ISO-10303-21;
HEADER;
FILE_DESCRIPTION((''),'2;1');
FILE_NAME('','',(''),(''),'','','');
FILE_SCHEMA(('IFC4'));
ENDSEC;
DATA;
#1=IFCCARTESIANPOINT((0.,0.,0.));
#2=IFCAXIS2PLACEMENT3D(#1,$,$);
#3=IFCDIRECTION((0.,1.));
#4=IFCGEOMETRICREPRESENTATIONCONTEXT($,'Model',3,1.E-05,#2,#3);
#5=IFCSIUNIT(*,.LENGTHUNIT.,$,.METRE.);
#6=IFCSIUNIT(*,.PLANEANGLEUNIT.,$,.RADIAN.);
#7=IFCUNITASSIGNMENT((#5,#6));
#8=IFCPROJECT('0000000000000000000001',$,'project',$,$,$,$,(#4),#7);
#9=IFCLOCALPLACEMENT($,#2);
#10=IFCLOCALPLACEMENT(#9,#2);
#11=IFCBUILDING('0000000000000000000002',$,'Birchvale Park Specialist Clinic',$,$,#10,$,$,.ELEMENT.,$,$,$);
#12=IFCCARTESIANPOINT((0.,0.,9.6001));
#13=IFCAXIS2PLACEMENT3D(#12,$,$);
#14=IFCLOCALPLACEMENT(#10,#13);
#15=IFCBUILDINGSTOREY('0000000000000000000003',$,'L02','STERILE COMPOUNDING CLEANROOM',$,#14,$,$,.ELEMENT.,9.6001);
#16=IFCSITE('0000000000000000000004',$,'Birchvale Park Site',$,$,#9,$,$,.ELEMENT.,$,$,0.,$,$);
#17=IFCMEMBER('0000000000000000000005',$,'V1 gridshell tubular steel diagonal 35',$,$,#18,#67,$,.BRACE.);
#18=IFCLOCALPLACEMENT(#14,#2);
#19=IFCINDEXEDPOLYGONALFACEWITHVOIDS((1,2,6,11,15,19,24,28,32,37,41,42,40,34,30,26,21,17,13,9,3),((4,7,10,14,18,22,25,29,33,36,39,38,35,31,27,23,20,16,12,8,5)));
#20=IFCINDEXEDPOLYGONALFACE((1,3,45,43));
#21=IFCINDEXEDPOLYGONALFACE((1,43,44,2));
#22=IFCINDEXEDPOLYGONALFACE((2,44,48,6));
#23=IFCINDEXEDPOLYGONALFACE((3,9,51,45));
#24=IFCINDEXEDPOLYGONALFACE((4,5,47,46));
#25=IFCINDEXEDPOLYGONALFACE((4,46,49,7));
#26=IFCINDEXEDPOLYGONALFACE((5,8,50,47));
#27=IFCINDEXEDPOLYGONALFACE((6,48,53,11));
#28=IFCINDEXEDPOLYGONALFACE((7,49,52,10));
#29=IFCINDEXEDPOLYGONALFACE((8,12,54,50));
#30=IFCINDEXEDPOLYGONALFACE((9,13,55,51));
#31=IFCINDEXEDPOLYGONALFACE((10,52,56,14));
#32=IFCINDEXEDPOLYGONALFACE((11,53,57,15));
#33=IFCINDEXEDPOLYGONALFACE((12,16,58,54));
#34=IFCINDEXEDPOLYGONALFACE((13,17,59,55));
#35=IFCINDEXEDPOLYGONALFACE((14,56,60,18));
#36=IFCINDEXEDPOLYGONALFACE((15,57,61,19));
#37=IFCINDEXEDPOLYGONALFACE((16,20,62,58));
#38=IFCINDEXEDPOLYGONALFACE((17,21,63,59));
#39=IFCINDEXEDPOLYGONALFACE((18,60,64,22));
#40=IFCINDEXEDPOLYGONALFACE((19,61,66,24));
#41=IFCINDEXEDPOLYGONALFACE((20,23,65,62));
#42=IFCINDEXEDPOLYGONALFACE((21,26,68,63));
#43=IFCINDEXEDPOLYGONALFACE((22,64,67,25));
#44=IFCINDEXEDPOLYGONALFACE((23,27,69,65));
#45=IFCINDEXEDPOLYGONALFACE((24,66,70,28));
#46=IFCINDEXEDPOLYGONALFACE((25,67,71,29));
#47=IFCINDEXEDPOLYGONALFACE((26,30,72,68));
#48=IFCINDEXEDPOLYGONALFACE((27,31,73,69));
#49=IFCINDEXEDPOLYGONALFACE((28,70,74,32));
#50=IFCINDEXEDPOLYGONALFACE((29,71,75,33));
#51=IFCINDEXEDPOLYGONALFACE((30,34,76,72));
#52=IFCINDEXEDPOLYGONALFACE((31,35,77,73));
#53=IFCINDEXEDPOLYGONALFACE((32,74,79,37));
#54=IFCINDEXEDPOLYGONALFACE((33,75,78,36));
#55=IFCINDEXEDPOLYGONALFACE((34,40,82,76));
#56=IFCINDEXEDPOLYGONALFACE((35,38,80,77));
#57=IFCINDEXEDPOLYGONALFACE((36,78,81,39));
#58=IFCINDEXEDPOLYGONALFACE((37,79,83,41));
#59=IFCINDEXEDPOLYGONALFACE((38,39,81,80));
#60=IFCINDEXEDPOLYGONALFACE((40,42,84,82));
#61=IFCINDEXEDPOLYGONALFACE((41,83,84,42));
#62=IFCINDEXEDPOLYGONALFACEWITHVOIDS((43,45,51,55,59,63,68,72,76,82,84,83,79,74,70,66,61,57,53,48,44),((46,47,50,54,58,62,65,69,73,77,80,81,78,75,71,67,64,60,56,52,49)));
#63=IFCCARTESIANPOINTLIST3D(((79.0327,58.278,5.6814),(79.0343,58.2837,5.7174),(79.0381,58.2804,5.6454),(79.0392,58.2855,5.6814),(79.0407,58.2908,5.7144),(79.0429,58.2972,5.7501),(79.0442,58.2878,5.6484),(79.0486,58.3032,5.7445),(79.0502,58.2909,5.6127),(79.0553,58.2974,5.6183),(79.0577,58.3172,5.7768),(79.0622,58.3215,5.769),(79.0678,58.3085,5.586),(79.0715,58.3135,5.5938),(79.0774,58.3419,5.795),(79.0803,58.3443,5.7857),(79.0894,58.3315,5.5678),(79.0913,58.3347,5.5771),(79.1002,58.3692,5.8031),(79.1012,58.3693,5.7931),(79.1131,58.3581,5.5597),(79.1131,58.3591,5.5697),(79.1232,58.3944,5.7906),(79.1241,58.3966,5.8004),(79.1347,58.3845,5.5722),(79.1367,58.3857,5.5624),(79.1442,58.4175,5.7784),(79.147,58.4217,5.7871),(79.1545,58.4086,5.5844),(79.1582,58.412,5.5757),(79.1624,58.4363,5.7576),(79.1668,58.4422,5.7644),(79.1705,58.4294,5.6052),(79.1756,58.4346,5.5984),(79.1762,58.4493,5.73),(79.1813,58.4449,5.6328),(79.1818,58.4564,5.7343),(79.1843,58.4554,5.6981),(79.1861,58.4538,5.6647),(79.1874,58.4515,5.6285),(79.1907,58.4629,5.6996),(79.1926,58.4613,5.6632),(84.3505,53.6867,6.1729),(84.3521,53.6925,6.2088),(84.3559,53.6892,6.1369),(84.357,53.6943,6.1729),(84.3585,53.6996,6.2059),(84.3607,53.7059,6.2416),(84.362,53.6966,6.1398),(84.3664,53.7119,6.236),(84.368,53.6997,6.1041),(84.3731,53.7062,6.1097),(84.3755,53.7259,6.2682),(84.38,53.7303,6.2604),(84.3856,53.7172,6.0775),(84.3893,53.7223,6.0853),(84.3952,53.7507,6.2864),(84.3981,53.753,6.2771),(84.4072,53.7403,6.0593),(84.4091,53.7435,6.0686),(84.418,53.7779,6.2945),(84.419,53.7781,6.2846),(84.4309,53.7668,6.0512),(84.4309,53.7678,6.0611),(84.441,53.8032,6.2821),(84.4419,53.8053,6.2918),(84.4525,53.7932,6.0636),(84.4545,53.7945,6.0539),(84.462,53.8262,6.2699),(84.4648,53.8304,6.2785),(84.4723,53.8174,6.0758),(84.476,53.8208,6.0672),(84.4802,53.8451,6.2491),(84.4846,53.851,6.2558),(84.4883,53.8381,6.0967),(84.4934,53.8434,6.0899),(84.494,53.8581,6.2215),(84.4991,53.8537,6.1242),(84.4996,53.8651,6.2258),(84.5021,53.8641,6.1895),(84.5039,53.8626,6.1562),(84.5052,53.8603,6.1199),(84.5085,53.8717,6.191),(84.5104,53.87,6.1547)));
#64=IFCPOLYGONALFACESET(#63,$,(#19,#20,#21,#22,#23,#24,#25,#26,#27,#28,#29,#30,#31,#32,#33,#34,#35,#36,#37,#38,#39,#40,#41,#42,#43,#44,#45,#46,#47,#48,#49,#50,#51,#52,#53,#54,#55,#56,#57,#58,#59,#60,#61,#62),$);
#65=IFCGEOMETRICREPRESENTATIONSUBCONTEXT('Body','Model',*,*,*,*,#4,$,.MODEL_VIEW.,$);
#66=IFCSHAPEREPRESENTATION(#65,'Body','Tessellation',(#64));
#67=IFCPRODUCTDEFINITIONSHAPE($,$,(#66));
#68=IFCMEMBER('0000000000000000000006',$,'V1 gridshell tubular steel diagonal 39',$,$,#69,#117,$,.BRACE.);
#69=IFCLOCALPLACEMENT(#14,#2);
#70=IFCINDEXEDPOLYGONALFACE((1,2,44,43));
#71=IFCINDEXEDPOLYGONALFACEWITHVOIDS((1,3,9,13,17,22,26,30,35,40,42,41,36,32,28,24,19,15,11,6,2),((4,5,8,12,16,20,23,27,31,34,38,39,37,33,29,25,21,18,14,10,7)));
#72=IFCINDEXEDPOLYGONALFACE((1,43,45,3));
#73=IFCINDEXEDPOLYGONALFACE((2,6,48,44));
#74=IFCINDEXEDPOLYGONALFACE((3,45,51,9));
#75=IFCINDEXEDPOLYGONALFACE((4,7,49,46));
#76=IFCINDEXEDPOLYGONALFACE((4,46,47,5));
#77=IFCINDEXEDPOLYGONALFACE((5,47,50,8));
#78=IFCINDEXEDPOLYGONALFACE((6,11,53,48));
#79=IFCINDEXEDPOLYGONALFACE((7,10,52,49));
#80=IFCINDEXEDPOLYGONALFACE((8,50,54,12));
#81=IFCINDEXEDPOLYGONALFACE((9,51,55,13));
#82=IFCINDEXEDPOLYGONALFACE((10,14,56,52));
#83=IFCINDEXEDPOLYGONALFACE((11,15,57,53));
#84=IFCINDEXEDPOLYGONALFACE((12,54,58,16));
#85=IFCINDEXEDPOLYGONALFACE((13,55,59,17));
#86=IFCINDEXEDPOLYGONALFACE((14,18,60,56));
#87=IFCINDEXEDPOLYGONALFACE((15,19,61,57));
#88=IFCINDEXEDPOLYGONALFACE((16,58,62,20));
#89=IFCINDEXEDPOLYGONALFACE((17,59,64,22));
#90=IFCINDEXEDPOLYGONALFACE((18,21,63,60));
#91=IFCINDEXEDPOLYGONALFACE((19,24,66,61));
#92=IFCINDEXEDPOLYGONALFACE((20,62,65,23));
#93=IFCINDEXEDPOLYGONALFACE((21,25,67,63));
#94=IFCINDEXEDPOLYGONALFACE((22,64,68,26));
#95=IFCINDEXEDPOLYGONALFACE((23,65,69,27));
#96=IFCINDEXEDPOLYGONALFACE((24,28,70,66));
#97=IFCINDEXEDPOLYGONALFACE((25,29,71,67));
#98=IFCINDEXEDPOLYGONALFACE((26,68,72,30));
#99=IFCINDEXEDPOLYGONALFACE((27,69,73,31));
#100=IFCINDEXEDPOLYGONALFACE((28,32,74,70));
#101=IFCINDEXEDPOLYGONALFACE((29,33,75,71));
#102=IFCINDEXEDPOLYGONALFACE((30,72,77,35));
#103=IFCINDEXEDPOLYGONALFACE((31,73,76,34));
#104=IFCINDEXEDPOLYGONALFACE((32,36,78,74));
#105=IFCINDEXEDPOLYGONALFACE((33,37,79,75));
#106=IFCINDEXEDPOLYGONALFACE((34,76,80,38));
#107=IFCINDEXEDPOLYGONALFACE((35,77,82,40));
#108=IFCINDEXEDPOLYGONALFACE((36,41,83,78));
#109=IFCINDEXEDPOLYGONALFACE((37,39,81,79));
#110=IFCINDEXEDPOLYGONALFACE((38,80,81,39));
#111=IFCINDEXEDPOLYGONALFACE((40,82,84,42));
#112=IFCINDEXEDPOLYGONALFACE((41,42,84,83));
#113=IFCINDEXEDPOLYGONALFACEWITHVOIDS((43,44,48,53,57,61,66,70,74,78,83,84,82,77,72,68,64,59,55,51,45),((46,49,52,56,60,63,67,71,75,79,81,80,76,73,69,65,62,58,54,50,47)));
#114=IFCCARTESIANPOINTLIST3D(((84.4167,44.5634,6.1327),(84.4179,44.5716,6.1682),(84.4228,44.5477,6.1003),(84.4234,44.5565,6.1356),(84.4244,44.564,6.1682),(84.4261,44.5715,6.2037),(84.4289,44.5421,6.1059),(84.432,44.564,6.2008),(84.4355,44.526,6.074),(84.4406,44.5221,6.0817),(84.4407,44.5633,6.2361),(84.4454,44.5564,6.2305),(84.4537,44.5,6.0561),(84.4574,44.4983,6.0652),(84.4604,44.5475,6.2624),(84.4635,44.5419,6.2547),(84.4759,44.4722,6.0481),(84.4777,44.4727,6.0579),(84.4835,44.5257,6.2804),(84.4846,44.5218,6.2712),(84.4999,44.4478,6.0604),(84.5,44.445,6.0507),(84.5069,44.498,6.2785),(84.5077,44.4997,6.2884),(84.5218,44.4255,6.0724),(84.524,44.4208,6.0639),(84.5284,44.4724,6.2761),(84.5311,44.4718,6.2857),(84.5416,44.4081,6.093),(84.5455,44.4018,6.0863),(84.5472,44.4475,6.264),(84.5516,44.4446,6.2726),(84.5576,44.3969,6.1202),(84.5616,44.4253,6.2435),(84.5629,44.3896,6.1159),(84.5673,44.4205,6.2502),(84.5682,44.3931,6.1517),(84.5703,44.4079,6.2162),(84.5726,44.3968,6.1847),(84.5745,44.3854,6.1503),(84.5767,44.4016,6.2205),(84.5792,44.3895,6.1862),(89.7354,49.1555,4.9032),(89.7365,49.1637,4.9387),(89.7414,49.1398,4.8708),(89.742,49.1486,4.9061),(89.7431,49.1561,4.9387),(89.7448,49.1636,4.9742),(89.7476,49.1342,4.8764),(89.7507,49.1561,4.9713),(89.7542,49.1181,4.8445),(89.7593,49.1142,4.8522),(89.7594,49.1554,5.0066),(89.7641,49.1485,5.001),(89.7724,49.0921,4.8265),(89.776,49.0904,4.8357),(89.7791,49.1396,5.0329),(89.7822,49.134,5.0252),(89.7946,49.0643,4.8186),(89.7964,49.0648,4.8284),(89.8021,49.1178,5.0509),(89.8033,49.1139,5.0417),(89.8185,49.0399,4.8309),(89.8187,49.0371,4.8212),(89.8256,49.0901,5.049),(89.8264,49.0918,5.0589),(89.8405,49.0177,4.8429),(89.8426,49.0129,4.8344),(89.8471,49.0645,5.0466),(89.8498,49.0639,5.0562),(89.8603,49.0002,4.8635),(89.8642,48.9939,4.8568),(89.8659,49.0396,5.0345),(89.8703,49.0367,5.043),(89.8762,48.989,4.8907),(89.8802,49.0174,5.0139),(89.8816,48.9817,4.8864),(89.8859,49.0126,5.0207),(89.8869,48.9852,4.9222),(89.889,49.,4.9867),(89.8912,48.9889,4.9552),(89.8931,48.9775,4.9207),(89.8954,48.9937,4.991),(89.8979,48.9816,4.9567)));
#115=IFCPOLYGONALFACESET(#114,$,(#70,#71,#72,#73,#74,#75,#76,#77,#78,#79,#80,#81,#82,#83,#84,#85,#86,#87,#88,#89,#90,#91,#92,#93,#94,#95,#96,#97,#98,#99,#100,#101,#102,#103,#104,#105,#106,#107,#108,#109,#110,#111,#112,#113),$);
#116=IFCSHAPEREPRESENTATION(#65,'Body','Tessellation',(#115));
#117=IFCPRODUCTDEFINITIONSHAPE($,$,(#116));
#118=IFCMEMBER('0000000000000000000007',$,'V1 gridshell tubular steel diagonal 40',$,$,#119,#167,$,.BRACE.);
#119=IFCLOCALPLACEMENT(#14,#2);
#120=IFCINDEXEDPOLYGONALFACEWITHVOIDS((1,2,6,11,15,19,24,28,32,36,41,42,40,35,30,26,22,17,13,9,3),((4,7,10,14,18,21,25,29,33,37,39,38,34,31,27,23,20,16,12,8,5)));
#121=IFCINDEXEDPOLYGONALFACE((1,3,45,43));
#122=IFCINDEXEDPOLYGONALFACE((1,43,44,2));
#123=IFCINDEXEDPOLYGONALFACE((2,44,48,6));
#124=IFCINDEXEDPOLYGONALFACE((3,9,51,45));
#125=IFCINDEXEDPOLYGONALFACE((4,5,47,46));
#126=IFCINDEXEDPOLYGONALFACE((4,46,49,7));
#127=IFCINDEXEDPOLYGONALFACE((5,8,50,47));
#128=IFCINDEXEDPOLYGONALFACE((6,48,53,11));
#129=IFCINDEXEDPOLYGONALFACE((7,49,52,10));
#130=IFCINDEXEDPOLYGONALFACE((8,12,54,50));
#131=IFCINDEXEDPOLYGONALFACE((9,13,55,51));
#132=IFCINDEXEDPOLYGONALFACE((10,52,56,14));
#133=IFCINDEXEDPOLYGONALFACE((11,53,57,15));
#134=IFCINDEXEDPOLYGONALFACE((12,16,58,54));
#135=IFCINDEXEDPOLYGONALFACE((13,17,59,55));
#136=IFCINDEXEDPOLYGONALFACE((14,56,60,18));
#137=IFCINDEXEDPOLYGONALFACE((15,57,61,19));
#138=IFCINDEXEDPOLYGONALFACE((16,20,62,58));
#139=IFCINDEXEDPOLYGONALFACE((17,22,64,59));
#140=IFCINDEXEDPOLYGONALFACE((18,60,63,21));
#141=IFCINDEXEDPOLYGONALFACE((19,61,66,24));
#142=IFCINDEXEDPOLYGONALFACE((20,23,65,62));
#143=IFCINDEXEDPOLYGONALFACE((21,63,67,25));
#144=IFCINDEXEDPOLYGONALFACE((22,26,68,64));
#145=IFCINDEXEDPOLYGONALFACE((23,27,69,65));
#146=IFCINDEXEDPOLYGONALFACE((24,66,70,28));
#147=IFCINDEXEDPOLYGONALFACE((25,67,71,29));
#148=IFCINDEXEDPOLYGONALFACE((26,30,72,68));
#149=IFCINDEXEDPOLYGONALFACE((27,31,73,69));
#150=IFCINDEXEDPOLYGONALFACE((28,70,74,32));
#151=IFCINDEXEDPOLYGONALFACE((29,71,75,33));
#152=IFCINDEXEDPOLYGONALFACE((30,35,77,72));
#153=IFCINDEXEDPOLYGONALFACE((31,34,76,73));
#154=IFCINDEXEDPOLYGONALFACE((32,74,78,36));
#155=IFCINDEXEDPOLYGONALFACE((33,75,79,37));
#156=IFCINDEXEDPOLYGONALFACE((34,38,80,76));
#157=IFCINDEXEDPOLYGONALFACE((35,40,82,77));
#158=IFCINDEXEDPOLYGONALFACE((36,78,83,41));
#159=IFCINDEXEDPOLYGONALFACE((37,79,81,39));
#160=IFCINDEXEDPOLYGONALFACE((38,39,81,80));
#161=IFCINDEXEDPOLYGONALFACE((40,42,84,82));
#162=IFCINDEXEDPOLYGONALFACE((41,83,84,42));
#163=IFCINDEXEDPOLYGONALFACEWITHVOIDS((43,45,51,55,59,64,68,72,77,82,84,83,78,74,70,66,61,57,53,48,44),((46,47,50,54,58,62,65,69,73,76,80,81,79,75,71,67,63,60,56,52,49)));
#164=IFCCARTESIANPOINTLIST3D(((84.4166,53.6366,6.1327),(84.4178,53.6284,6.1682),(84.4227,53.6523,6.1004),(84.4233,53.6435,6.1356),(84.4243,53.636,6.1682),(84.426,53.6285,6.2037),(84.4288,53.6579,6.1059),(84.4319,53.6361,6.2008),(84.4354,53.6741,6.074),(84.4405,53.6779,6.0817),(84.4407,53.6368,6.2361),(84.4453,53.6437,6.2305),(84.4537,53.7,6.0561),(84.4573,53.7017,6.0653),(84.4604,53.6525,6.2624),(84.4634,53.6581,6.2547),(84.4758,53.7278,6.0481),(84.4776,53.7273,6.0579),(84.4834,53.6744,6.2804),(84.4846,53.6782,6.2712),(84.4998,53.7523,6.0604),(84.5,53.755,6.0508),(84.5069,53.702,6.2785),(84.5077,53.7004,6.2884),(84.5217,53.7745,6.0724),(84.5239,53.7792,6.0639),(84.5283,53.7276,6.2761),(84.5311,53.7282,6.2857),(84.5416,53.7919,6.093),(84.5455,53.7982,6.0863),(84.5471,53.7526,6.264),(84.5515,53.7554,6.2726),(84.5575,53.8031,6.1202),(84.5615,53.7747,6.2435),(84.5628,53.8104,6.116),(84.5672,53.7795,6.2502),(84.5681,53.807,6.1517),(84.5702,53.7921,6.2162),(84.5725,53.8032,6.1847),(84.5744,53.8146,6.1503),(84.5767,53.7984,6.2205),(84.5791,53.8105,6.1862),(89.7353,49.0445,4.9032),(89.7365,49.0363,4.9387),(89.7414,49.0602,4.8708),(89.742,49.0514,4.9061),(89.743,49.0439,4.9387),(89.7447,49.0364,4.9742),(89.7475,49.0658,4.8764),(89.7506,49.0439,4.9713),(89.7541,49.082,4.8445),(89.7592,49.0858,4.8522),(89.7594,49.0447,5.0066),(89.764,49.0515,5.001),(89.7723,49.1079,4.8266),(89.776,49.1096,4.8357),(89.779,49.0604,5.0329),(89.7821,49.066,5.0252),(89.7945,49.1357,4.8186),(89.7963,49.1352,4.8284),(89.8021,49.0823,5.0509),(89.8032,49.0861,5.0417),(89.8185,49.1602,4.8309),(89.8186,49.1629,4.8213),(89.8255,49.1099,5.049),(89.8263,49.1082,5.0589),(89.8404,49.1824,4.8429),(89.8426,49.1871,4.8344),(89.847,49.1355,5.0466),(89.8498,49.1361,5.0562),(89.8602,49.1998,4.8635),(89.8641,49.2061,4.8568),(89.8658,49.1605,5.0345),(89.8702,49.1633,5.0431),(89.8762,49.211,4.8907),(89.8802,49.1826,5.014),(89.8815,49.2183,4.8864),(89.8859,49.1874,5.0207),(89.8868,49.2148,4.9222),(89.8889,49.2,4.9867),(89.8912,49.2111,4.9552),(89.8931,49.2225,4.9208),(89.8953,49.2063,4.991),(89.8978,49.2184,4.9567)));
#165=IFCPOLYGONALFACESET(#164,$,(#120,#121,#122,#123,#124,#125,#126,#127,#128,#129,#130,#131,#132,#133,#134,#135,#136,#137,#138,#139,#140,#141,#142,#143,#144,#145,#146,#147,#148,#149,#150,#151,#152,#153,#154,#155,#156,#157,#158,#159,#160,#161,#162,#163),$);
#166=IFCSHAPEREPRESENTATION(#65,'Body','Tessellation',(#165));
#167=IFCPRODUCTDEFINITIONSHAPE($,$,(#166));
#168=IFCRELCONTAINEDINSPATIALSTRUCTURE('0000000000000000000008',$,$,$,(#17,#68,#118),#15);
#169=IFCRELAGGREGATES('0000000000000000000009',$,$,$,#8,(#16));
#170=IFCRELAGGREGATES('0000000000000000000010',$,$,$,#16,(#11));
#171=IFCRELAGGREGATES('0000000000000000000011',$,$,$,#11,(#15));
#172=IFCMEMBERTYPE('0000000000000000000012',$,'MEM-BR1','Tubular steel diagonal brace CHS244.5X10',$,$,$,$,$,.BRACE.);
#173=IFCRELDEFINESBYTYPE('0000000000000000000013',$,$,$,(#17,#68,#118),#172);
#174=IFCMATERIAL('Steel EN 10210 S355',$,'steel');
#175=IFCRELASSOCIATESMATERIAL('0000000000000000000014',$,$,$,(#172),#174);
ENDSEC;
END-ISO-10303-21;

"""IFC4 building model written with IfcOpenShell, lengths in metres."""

from ifc_helpers import new_model, si_unit, direction, frame, origin, origin_2d, place, context, subcontext, project, spatial, hollow_circle, extrude, material, material_profile, profile_set, type_object, element, save


model = new_model("IFC4")

# Units and contexts
model_context = context("Model", 3, precision=1e-05, world=origin(), true_north=direction((0.0, 1.0)))
body_context = subcontext(model_context, "Body", "Model", "MODEL_VIEW")
ifc_project = project(units=[si_unit("LENGTHUNIT", "METRE"), si_unit("PLANEANGLEUNIT", "RADIAN")], contexts=[model_context])

# Site, building, storey
site_placement = place(None, origin())
site = spatial("IfcSite", under=ifc_project, at=site_placement, Name="Birchvale Park Site", CompositionType="ELEMENT", RefElevation=0.0)
building_placement = place(site_placement, origin())
building = spatial("IfcBuilding", under=site, at=building_placement, Name="Birchvale Park Specialist Clinic", CompositionType="ELEMENT")
storey_placement = place(building_placement, frame((0.0, 0.0, 9.6001)))
storey = spatial("IfcBuildingStorey", under=building, at=storey_placement, Name="L02", Description="STERILE COMPOUNDING CLEANROOM", CompositionType="ELEMENT", Elevation=9.6001)

# Members
ifc_material_1 = material(Name="Steel EN 10210 S355", Category="steel")
ifc_material_profile_1 = material_profile(ifc_material_1, hollow_circle(Radius=0.1223, WallThickness=0.01, at=origin_2d()), Name="CHS244.5X10")
ifc_profile_set_1 = profile_set([ifc_material_profile_1], Name="Steel EN 10210 S355")
member_type_1 = type_object("IfcMemberType", Name="MEM-BR1", Description="Tubular steel diagonal brace CHS244.5X10", PredefinedType="BRACE", material=ifc_profile_set_1)
member_1_placement = place(storey_placement, frame((84.4304, 53.7793, 6.1729), z_axis=(-0.755076, 0.651913, -0.069781), x_axis=(-0.653506, -0.756921, 0.0)))
element("IfcMember", 1, at=member_1_placement, inside=storey, type_object=member_type_1, Name="V1 gridshell tubular steel diagonal 35", PredefinedType="BRACE", context=body_context, shape_type="SweptSolid", body=[
    extrude(hollow_circle(Radius=0.1223, WallThickness=0.01, at=origin_2d()), origin(), (0.0, 0.0, 1.0), 7.0427),
])
for number, where, z_axis, x_axis, name in (
    (2, (84.4978, 44.479, 6.1682), (0.745587, 0.643734, -0.172356), (-0.653514, 0.756914, 0.0), "V1 gridshell tubular steel diagonal 39"),
    (3, (89.8164, 49.1289, 4.9387), (-0.745587, 0.643734, 0.172356), (-0.653514, -0.756914, 0.0), "V1 gridshell tubular steel diagonal 40"),
):
    element("IfcMember", number, at=place(storey_placement, frame(where, z_axis=z_axis, x_axis=x_axis)), inside=storey, type_object=member_type_1, Name=name, PredefinedType="BRACE", context=body_context, shape_type="SweptSolid", body=[
        extrude(hollow_circle(Radius=0.1223, WallThickness=0.01, at=origin_2d()), origin(), (0.0, 0.0, 1.0), 7.1335),
    ])

save(model, "model.ifc")
